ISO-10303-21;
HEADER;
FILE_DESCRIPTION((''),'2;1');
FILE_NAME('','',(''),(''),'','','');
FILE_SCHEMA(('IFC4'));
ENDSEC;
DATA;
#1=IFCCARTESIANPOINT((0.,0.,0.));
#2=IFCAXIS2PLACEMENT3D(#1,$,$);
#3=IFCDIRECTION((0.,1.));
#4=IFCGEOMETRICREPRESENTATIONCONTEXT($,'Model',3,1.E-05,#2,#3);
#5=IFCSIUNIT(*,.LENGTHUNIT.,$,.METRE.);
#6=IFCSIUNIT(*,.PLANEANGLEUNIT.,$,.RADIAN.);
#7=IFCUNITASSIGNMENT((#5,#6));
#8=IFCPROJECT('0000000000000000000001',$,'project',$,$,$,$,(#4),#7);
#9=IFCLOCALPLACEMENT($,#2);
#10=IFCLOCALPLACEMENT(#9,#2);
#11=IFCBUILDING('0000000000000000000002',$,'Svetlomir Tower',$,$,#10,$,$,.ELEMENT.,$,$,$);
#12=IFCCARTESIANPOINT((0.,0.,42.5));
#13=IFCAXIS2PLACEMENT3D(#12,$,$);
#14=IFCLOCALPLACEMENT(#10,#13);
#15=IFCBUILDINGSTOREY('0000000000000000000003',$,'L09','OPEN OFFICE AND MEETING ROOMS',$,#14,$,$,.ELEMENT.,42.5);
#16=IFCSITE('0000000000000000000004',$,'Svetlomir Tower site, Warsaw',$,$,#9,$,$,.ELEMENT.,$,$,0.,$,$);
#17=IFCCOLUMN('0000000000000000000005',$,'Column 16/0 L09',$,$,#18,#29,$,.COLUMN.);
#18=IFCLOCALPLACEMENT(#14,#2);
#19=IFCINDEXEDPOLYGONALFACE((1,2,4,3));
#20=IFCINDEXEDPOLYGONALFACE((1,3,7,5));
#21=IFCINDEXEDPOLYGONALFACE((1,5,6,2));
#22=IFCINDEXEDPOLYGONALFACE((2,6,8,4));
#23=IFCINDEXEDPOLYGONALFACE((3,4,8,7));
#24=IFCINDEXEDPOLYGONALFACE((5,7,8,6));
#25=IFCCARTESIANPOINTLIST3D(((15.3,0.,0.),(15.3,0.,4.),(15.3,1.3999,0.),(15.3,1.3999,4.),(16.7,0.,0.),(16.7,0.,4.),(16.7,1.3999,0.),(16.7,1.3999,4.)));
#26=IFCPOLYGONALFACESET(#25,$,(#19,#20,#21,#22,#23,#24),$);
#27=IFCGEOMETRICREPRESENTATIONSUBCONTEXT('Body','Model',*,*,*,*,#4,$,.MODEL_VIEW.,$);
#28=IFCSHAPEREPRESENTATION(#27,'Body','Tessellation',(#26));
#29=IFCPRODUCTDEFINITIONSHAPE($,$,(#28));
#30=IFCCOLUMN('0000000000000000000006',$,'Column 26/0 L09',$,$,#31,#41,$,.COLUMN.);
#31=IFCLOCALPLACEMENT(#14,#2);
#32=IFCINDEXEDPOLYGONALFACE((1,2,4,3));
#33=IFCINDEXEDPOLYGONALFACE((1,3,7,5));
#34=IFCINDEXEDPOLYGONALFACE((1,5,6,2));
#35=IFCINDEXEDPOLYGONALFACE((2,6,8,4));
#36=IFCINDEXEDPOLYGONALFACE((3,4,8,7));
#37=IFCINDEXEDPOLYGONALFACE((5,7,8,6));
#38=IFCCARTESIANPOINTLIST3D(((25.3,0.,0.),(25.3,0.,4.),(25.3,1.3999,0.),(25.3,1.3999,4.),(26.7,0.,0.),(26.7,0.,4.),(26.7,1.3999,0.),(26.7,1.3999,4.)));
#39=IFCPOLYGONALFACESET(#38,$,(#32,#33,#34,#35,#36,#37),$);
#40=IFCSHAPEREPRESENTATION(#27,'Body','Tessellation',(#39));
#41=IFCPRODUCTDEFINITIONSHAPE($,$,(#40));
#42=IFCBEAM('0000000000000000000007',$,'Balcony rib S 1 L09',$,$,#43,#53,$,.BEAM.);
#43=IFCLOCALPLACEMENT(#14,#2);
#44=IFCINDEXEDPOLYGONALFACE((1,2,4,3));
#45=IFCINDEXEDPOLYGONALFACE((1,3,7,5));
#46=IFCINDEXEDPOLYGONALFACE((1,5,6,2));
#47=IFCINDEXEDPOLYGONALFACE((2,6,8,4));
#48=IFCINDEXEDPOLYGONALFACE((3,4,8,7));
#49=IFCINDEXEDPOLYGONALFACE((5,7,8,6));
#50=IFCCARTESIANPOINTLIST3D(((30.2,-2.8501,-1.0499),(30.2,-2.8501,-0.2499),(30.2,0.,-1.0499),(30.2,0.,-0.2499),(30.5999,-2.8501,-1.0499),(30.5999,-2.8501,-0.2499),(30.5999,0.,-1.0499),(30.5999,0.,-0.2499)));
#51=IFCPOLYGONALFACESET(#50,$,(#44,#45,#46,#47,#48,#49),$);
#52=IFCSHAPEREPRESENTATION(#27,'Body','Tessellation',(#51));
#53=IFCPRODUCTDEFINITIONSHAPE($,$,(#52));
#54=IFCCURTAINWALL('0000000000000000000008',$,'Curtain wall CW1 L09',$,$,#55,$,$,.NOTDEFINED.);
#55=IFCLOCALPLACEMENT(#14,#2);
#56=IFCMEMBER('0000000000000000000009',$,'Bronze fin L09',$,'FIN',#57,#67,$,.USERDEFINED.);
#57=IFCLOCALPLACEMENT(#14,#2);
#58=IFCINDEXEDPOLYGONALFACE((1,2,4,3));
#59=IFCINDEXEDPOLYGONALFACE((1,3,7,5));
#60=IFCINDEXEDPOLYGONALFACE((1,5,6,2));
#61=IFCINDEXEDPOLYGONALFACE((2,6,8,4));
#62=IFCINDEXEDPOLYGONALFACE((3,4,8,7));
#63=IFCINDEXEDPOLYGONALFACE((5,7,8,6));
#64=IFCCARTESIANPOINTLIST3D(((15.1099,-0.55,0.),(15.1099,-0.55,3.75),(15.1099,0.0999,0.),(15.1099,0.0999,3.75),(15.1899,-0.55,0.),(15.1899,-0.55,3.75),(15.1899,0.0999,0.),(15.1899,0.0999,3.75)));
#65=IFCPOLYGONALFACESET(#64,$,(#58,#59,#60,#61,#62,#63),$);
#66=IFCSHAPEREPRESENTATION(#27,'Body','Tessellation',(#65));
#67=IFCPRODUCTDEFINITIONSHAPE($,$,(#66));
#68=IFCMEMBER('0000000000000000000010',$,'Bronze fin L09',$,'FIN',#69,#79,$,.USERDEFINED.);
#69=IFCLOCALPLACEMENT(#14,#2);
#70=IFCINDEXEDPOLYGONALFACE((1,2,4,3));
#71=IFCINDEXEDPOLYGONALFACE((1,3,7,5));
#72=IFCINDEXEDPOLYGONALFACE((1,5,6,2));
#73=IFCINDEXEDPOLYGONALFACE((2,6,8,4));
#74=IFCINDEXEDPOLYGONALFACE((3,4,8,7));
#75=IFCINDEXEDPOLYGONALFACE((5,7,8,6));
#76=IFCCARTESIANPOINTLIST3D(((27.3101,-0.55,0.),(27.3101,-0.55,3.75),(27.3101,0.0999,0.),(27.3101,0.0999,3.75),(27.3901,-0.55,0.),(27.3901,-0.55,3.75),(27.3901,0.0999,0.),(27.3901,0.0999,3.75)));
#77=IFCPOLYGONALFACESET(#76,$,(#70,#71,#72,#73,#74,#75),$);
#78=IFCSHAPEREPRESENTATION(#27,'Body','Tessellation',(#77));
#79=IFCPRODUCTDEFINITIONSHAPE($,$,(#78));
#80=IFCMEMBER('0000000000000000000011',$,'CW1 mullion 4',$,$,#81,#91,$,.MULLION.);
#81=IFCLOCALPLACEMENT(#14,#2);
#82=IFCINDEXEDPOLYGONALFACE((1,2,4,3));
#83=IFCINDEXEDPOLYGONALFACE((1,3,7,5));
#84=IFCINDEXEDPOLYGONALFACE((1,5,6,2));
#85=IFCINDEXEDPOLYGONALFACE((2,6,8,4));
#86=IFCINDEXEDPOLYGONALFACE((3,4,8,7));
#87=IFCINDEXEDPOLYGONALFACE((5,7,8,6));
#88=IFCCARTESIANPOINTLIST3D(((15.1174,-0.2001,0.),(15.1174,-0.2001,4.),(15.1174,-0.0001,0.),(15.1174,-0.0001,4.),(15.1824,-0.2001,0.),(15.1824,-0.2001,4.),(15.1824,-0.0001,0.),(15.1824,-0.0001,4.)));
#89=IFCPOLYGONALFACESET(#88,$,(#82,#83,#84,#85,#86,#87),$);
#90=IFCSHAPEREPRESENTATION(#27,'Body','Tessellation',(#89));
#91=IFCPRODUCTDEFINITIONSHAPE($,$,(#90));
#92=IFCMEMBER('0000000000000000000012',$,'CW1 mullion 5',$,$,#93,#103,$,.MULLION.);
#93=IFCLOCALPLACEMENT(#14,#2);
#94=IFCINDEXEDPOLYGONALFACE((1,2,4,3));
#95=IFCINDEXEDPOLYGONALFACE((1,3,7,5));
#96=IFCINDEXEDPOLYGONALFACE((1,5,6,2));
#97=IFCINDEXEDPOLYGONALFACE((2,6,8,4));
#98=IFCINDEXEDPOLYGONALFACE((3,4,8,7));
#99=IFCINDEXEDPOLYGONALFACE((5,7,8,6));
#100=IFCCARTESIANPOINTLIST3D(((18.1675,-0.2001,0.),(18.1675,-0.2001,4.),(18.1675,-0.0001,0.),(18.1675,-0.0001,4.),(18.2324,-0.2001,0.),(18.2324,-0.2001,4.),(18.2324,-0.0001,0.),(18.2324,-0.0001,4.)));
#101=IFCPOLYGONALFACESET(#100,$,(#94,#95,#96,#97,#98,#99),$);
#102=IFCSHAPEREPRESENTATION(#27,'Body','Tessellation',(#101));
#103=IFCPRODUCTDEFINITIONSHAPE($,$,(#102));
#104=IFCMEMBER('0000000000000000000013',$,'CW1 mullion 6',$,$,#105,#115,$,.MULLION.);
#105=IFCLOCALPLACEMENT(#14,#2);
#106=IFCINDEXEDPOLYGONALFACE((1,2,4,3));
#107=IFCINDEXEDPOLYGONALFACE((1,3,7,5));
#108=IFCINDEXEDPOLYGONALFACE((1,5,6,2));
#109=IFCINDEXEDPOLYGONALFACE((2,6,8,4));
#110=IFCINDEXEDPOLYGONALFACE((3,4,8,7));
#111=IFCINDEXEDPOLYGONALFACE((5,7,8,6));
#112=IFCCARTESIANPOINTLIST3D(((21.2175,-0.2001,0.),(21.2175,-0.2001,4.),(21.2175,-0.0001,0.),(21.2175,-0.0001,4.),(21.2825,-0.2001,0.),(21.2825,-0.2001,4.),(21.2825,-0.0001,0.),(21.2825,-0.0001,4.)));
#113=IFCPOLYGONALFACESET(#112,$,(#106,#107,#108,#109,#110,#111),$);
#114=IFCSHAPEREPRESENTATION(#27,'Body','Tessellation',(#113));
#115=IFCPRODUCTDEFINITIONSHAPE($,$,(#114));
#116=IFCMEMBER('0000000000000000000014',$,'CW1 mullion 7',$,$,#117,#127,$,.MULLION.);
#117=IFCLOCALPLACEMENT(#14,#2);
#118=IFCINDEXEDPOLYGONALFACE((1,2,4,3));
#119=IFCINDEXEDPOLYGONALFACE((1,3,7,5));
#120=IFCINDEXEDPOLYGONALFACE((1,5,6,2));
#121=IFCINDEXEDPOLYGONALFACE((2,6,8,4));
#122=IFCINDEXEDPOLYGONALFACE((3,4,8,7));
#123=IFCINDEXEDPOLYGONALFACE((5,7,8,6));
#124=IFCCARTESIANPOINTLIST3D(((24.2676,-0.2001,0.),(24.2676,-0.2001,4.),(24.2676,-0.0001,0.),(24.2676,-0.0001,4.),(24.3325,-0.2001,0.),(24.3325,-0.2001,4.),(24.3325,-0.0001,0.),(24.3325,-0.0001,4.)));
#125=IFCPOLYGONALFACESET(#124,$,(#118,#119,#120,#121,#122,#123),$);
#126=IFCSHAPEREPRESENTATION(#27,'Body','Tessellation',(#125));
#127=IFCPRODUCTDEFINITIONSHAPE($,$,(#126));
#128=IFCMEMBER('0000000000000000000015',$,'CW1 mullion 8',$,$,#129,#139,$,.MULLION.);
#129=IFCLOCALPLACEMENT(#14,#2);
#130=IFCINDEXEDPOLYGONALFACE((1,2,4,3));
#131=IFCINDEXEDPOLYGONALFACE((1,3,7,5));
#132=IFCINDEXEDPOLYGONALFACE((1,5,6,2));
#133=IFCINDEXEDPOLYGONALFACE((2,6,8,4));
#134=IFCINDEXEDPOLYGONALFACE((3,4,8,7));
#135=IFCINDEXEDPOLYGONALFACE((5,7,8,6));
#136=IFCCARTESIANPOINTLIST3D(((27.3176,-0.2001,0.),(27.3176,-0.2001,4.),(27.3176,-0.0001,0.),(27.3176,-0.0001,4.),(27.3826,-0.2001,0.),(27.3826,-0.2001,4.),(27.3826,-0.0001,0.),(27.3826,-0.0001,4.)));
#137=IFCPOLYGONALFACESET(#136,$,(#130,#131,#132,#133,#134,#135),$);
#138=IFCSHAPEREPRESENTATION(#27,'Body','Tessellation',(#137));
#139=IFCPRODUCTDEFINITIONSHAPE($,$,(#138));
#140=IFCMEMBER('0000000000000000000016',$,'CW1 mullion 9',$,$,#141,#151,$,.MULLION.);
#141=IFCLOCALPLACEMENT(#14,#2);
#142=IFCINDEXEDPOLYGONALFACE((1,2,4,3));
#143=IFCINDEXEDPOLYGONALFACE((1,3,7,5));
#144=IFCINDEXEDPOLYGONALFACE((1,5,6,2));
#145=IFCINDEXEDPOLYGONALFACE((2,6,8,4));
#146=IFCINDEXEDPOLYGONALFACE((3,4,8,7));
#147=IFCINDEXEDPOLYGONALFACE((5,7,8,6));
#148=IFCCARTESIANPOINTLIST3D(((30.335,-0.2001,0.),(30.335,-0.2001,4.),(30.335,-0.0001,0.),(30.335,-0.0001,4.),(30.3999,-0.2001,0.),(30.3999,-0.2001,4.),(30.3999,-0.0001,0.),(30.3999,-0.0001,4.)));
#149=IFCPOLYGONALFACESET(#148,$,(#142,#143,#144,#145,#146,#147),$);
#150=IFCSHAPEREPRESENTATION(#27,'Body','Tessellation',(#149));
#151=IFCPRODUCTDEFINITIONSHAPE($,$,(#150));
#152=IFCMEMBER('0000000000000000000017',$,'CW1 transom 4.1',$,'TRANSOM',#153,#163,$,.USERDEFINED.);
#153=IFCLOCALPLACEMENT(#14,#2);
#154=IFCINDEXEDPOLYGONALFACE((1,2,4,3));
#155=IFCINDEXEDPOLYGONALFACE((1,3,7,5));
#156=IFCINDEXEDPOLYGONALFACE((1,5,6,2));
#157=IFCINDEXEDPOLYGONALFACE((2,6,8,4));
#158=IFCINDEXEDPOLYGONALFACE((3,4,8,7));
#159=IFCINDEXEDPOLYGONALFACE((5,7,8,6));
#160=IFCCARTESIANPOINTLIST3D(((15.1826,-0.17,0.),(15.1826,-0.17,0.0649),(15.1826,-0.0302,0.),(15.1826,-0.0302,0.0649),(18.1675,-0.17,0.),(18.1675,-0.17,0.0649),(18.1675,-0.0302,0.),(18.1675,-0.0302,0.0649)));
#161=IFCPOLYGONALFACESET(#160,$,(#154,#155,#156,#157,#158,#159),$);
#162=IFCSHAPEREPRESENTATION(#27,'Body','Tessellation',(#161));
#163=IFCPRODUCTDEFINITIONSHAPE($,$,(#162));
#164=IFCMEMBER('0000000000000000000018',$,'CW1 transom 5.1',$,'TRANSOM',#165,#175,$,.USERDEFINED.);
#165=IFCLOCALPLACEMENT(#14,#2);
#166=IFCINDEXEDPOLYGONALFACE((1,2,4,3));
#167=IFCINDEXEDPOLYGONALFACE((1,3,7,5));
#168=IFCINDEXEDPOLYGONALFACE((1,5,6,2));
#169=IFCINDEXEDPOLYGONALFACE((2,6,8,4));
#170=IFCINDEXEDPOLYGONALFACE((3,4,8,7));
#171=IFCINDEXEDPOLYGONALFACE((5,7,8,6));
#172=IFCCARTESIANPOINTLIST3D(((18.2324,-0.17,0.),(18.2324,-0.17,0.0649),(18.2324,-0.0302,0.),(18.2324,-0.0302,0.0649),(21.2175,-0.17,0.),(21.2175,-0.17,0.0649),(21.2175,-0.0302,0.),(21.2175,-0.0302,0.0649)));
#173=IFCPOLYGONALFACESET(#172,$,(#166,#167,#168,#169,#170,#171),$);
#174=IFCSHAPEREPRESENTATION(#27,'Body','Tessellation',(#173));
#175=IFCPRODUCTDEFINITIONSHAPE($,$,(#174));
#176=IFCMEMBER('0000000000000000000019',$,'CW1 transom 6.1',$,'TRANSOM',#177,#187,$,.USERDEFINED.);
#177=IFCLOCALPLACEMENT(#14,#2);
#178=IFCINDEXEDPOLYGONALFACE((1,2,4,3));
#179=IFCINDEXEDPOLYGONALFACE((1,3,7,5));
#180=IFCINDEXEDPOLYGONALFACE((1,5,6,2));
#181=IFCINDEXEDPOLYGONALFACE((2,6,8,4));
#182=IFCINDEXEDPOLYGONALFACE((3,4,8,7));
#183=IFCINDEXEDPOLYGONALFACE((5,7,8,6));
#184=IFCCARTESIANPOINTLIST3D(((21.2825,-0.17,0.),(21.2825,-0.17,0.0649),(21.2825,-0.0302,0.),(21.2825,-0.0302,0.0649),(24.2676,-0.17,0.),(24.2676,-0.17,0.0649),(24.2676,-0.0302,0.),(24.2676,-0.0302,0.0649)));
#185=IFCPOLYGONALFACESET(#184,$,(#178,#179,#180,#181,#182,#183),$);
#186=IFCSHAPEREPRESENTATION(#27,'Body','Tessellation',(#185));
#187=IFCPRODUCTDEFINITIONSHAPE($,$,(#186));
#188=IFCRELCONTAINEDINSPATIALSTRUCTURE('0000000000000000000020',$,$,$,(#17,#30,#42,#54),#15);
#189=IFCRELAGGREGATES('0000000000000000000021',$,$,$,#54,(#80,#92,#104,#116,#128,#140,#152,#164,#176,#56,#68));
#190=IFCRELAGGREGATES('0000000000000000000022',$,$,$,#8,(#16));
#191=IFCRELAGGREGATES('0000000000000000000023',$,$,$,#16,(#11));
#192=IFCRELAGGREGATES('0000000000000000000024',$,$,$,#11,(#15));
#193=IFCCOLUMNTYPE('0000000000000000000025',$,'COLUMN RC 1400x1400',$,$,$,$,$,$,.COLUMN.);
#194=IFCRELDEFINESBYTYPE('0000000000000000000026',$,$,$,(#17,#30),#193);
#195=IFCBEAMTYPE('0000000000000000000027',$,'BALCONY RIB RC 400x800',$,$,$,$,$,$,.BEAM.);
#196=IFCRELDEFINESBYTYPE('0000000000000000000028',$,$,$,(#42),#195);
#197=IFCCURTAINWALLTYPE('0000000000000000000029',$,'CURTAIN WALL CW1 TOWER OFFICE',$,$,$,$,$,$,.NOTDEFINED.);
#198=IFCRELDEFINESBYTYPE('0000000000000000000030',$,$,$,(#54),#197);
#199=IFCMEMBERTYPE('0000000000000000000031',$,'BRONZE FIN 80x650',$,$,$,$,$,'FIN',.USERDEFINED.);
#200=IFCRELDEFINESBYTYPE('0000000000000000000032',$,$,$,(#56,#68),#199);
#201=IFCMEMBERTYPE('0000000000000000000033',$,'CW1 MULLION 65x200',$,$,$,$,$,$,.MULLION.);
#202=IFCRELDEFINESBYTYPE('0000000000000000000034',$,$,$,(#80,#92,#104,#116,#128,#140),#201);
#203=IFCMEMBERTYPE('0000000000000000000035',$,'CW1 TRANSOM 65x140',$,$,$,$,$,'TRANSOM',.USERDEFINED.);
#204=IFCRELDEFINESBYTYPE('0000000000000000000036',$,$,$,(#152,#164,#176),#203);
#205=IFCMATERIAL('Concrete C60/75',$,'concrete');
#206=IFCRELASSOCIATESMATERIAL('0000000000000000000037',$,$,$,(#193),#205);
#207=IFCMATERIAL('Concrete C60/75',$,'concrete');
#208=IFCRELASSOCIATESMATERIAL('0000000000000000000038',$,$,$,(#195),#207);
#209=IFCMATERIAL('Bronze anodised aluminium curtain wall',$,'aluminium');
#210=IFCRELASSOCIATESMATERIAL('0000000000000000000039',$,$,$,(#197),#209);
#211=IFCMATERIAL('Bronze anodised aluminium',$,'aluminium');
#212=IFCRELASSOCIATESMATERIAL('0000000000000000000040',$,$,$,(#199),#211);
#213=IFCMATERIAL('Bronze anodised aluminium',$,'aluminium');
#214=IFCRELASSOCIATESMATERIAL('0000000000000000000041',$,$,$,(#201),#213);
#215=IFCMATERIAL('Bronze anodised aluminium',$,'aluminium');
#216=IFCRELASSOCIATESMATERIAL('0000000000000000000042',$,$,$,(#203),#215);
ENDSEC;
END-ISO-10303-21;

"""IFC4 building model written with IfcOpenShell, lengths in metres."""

from ifc_helpers import new_model, si_unit, direction, frame, origin, origin_2d, place, context, subcontext, project, spatial, rectangle, extrude, material, material_profile, profile_set, type_object, element, aggregate, save


model = new_model("IFC4")

# Units and contexts
model_context = context("Model", 3, precision=1e-05, world=origin(), true_north=direction((0.0, 1.0)))
body_context = subcontext(model_context, "Body", "Model", "MODEL_VIEW")
ifc_project = project(units=[si_unit("LENGTHUNIT", "METRE"), si_unit("PLANEANGLEUNIT", "RADIAN")], contexts=[model_context])

# Site, building, storey
site_placement = place(None, origin())
site = spatial("IfcSite", under=ifc_project, at=site_placement, Name="Svetlomir Tower site, Warsaw", CompositionType="ELEMENT", RefElevation=0.0)
building_placement = place(site_placement, origin())
building = spatial("IfcBuilding", under=site, at=building_placement, Name="Svetlomir Tower", CompositionType="ELEMENT")
storey_placement = place(building_placement, frame((0.0, 0.0, 42.5)))
storey = spatial("IfcBuildingStorey", under=building, at=storey_placement, Name="L09", Description="OPEN OFFICE AND MEETING ROOMS", CompositionType="ELEMENT", Elevation=42.5)

# Columns
ifc_material_1 = material(Name="Concrete C60/75", Category="concrete")
ifc_material_profile_1 = material_profile(ifc_material_1, rectangle(XDim=1.3999, YDim=1.3999, at=origin_2d()), Name="RC 1400x1400")
ifc_profile_set_1 = profile_set([ifc_material_profile_1], Name="Concrete C60/75")
column_type = type_object("IfcColumnType", Name="COLUMN RC 1400x1400", PredefinedType="COLUMN", material=ifc_profile_set_1)
for number, where, z_axis, x_axis, name in (
    (1, (16.0, 0.7, 0.0), (0.0, 0.0, 1.0), (1.0, 0.0, 0.0), "Column 16/0 L09"),
    (2, (26.0, 0.7, 0.0), (0.0, 0.0, 1.0), (1.0, 0.0, 0.0), "Column 26/0 L09"),
):
    element("IfcColumn", number, at=place(storey_placement, frame(where, z_axis=z_axis, x_axis=x_axis)), inside=storey, type_object=column_type, Name=name, PredefinedType="COLUMN", context=body_context, shape_type="SweptSolid", body=[
        extrude(rectangle(XDim=1.3999, YDim=1.3999, at=origin_2d()), origin(), (0.0, 0.0, 1.0), 4.0),
    ])

# Beam
ifc_material_2 = material(Name="Concrete C60/75", Category="concrete")
ifc_material_profile_2 = material_profile(ifc_material_2, rectangle(XDim=0.3999, YDim=0.8, at=origin_2d()), Name="RC 400x800")
ifc_profile_set_2 = profile_set([ifc_material_profile_2], Name="Concrete C60/75")
beam_type_1 = type_object("IfcBeamType", Name="BALCONY RIB RC 400x800", PredefinedType="BEAM", material=ifc_profile_set_2)
beam_1_placement = place(storey_placement, frame((30.3999, 0.0, -0.6499), z_axis=(0.0, -1.0, 0.0), x_axis=(1.0, 0.0, 0.0)))
element("IfcBeam", 3, at=beam_1_placement, inside=storey, type_object=beam_type_1, Name="Balcony rib S 1 L09", PredefinedType="BEAM", context=body_context, shape_type="SweptSolid", body=[
    extrude(rectangle(XDim=0.3999, YDim=0.8, at=origin_2d()), origin(), (0.0, 0.0, 1.0), 2.8501),
])

# Curtain wall, members
ifc_material_3 = material(Name="Bronze anodised aluminium curtain wall", Category="aluminium")
curtain_wall_type = type_object("IfcCurtainWallType", Name="CURTAIN WALL CW1 TOWER OFFICE", PredefinedType="NOTDEFINED", material=ifc_material_3)
curtain_wall_placement = place(storey_placement, origin())
curtain_wall = element("IfcCurtainWall", 4, at=curtain_wall_placement, inside=storey, type_object=curtain_wall_type, Name="Curtain wall CW1 L09", PredefinedType="NOTDEFINED")
ifc_material_4 = material(Name="Bronze anodised aluminium", Category="aluminium")
ifc_material_profile_3 = material_profile(ifc_material_4, rectangle(XDim=0.0801, YDim=0.6499, at=origin_2d()), Name="FIN 80x650")
ifc_profile_set_3 = profile_set([ifc_material_profile_3], Name="Bronze anodised aluminium 6063-T6")
member_type_1 = type_object("IfcMemberType", Name="BRONZE FIN 80x650", ElementType="FIN", PredefinedType="USERDEFINED", material=ifc_profile_set_3)
member_1_placement = place(storey_placement, frame((15.1499, -0.2251, 0.0), z_axis=(0.0, 0.0, 1.0), x_axis=(1.0, 0.0, 0.0)))
member_1 = element("IfcMember", 5, at=member_1_placement, type_object=member_type_1, Name="Bronze fin L09", ObjectType="FIN", PredefinedType="USERDEFINED", context=body_context, shape_type="SweptSolid", body=[
    extrude(rectangle(XDim=0.0801, YDim=0.6499, at=origin_2d()), origin(), (0.0, 0.0, 1.0), 3.75),
])
member_2_placement = place(storey_placement, frame((27.3501, -0.2251, 0.0), z_axis=(0.0, 0.0, 1.0), x_axis=(1.0, 0.0, 0.0)))
member_2 = element("IfcMember", 6, at=member_2_placement, type_object=member_type_1, Name="Bronze fin L09", ObjectType="FIN", PredefinedType="USERDEFINED", context=body_context, shape_type="SweptSolid", body=[
    extrude(rectangle(XDim=0.0801, YDim=0.6499, at=origin_2d()), origin(), (0.0, 0.0, 1.0), 3.75),
])
ifc_material_5 = material(Name="Bronze anodised aluminium", Category="aluminium")
ifc_material_profile_4 = material_profile(ifc_material_5, rectangle(XDim=0.0649, YDim=0.2, at=origin_2d()), Name="AL 65x200")
ifc_profile_set_4 = profile_set([ifc_material_profile_4], Name="Bronze anodised aluminium 6063-T6")
member_type_2 = type_object("IfcMemberType", Name="CW1 MULLION 65x200", PredefinedType="MULLION", material=ifc_profile_set_4)
member_3_placement = place(storey_placement, frame((15.1499, -0.1001, 0.0), z_axis=(0.0, 0.0, 1.0), x_axis=(1.0, 0.0, 0.0)))
member_3 = element("IfcMember", 7, at=member_3_placement, type_object=member_type_2, Name="CW1 mullion 4", PredefinedType="MULLION", context=body_context, shape_type="SweptSolid", body=[
    extrude(rectangle(XDim=0.0649, YDim=0.2, at=origin_2d()), origin(), (0.0, 0.0, 1.0), 4.0),
])
member_4_placement = place(storey_placement, frame((18.2, -0.1001, 0.0), z_axis=(0.0, 0.0, 1.0), x_axis=(1.0, 0.0, 0.0)))
member_4 = element("IfcMember", 8, at=member_4_placement, type_object=member_type_2, Name="CW1 mullion 5", PredefinedType="MULLION", context=body_context, shape_type="SweptSolid", body=[
    extrude(rectangle(XDim=0.0649, YDim=0.2, at=origin_2d()), origin(), (0.0, 0.0, 1.0), 4.0),
])
member_5_placement = place(storey_placement, frame((21.25, -0.1001, 0.0), z_axis=(0.0, 0.0, 1.0), x_axis=(1.0, 0.0, 0.0)))
member_5 = element("IfcMember", 9, at=member_5_placement, type_object=member_type_2, Name="CW1 mullion 6", PredefinedType="MULLION", context=body_context, shape_type="SweptSolid", body=[
    extrude(rectangle(XDim=0.0649, YDim=0.2, at=origin_2d()), origin(), (0.0, 0.0, 1.0), 4.0),
])
member_6_placement = place(storey_placement, frame((24.3, -0.1001, 0.0), z_axis=(0.0, 0.0, 1.0), x_axis=(1.0, 0.0, 0.0)))
member_6 = element("IfcMember", 10, at=member_6_placement, type_object=member_type_2, Name="CW1 mullion 7", PredefinedType="MULLION", context=body_context, shape_type="SweptSolid", body=[
    extrude(rectangle(XDim=0.0649, YDim=0.2, at=origin_2d()), origin(), (0.0, 0.0, 1.0), 4.0),
])
member_7_placement = place(storey_placement, frame((27.3501, -0.1001, 0.0), z_axis=(0.0, 0.0, 1.0), x_axis=(1.0, 0.0, 0.0)))
member_7 = element("IfcMember", 11, at=member_7_placement, type_object=member_type_2, Name="CW1 mullion 8", PredefinedType="MULLION", context=body_context, shape_type="SweptSolid", body=[
    extrude(rectangle(XDim=0.0649, YDim=0.2, at=origin_2d()), origin(), (0.0, 0.0, 1.0), 4.0),
])
member_8_placement = place(storey_placement, frame((30.3674, -0.1001, 0.0), z_axis=(0.0, 0.0, 1.0), x_axis=(1.0, 0.0, 0.0)))
member_8 = element("IfcMember", 12, at=member_8_placement, type_object=member_type_2, Name="CW1 mullion 9", PredefinedType="MULLION", context=body_context, shape_type="SweptSolid", body=[
    extrude(rectangle(XDim=0.0649, YDim=0.2, at=origin_2d()), origin(), (0.0, 0.0, 1.0), 4.0),
])
ifc_material_6 = material(Name="Bronze anodised aluminium", Category="aluminium")
ifc_material_profile_5 = material_profile(ifc_material_6, rectangle(XDim=0.1399, YDim=0.0649, at=origin_2d()), Name="AL 140x65")
ifc_profile_set_5 = profile_set([ifc_material_profile_5], Name="Bronze anodised aluminium 6063-T6")
member_type_3 = type_object("IfcMemberType", Name="CW1 TRANSOM 65x140", ElementType="TRANSOM", PredefinedType="USERDEFINED", material=ifc_profile_set_5)
member_9_placement = place(storey_placement, frame((15.1826, -0.1001, 0.0325), z_axis=(1.0, 0.0, 0.0), x_axis=(0.0, 1.0, 0.0)))
member_9 = element("IfcMember", 13, at=member_9_placement, type_object=member_type_3, Name="CW1 transom 4.1", ObjectType="TRANSOM", PredefinedType="USERDEFINED", context=body_context, shape_type="SweptSolid", body=[
    extrude(rectangle(XDim=0.1399, YDim=0.0649, at=origin_2d()), origin(), (0.0, 0.0, 1.0), 2.9849),
])
member_10_placement = place(storey_placement, frame((18.2324, -0.1001, 0.0325), z_axis=(1.0, 0.0, 0.0), x_axis=(0.0, 1.0, 0.0)))
member_10 = element("IfcMember", 14, at=member_10_placement, type_object=member_type_3, Name="CW1 transom 5.1", ObjectType="TRANSOM", PredefinedType="USERDEFINED", context=body_context, shape_type="SweptSolid", body=[
    extrude(rectangle(XDim=0.1399, YDim=0.0649, at=origin_2d()), origin(), (0.0, 0.0, 1.0), 2.9851),
])
member_11_placement = place(storey_placement, frame((21.2825, -0.1001, 0.0325), z_axis=(1.0, 0.0, 0.0), x_axis=(0.0, 1.0, 0.0)))
member_11 = element("IfcMember", 15, at=member_11_placement, type_object=member_type_3, Name="CW1 transom 6.1", ObjectType="TRANSOM", PredefinedType="USERDEFINED", context=body_context, shape_type="SweptSolid", body=[
    extrude(rectangle(XDim=0.1399, YDim=0.0649, at=origin_2d()), origin(), (0.0, 0.0, 1.0), 2.9851),
])

aggregate(curtain_wall, [member_3, member_4, member_5, member_6, member_7, member_8, member_9, member_10, member_11, member_1, member_2])

save(model, "model.ifc")
